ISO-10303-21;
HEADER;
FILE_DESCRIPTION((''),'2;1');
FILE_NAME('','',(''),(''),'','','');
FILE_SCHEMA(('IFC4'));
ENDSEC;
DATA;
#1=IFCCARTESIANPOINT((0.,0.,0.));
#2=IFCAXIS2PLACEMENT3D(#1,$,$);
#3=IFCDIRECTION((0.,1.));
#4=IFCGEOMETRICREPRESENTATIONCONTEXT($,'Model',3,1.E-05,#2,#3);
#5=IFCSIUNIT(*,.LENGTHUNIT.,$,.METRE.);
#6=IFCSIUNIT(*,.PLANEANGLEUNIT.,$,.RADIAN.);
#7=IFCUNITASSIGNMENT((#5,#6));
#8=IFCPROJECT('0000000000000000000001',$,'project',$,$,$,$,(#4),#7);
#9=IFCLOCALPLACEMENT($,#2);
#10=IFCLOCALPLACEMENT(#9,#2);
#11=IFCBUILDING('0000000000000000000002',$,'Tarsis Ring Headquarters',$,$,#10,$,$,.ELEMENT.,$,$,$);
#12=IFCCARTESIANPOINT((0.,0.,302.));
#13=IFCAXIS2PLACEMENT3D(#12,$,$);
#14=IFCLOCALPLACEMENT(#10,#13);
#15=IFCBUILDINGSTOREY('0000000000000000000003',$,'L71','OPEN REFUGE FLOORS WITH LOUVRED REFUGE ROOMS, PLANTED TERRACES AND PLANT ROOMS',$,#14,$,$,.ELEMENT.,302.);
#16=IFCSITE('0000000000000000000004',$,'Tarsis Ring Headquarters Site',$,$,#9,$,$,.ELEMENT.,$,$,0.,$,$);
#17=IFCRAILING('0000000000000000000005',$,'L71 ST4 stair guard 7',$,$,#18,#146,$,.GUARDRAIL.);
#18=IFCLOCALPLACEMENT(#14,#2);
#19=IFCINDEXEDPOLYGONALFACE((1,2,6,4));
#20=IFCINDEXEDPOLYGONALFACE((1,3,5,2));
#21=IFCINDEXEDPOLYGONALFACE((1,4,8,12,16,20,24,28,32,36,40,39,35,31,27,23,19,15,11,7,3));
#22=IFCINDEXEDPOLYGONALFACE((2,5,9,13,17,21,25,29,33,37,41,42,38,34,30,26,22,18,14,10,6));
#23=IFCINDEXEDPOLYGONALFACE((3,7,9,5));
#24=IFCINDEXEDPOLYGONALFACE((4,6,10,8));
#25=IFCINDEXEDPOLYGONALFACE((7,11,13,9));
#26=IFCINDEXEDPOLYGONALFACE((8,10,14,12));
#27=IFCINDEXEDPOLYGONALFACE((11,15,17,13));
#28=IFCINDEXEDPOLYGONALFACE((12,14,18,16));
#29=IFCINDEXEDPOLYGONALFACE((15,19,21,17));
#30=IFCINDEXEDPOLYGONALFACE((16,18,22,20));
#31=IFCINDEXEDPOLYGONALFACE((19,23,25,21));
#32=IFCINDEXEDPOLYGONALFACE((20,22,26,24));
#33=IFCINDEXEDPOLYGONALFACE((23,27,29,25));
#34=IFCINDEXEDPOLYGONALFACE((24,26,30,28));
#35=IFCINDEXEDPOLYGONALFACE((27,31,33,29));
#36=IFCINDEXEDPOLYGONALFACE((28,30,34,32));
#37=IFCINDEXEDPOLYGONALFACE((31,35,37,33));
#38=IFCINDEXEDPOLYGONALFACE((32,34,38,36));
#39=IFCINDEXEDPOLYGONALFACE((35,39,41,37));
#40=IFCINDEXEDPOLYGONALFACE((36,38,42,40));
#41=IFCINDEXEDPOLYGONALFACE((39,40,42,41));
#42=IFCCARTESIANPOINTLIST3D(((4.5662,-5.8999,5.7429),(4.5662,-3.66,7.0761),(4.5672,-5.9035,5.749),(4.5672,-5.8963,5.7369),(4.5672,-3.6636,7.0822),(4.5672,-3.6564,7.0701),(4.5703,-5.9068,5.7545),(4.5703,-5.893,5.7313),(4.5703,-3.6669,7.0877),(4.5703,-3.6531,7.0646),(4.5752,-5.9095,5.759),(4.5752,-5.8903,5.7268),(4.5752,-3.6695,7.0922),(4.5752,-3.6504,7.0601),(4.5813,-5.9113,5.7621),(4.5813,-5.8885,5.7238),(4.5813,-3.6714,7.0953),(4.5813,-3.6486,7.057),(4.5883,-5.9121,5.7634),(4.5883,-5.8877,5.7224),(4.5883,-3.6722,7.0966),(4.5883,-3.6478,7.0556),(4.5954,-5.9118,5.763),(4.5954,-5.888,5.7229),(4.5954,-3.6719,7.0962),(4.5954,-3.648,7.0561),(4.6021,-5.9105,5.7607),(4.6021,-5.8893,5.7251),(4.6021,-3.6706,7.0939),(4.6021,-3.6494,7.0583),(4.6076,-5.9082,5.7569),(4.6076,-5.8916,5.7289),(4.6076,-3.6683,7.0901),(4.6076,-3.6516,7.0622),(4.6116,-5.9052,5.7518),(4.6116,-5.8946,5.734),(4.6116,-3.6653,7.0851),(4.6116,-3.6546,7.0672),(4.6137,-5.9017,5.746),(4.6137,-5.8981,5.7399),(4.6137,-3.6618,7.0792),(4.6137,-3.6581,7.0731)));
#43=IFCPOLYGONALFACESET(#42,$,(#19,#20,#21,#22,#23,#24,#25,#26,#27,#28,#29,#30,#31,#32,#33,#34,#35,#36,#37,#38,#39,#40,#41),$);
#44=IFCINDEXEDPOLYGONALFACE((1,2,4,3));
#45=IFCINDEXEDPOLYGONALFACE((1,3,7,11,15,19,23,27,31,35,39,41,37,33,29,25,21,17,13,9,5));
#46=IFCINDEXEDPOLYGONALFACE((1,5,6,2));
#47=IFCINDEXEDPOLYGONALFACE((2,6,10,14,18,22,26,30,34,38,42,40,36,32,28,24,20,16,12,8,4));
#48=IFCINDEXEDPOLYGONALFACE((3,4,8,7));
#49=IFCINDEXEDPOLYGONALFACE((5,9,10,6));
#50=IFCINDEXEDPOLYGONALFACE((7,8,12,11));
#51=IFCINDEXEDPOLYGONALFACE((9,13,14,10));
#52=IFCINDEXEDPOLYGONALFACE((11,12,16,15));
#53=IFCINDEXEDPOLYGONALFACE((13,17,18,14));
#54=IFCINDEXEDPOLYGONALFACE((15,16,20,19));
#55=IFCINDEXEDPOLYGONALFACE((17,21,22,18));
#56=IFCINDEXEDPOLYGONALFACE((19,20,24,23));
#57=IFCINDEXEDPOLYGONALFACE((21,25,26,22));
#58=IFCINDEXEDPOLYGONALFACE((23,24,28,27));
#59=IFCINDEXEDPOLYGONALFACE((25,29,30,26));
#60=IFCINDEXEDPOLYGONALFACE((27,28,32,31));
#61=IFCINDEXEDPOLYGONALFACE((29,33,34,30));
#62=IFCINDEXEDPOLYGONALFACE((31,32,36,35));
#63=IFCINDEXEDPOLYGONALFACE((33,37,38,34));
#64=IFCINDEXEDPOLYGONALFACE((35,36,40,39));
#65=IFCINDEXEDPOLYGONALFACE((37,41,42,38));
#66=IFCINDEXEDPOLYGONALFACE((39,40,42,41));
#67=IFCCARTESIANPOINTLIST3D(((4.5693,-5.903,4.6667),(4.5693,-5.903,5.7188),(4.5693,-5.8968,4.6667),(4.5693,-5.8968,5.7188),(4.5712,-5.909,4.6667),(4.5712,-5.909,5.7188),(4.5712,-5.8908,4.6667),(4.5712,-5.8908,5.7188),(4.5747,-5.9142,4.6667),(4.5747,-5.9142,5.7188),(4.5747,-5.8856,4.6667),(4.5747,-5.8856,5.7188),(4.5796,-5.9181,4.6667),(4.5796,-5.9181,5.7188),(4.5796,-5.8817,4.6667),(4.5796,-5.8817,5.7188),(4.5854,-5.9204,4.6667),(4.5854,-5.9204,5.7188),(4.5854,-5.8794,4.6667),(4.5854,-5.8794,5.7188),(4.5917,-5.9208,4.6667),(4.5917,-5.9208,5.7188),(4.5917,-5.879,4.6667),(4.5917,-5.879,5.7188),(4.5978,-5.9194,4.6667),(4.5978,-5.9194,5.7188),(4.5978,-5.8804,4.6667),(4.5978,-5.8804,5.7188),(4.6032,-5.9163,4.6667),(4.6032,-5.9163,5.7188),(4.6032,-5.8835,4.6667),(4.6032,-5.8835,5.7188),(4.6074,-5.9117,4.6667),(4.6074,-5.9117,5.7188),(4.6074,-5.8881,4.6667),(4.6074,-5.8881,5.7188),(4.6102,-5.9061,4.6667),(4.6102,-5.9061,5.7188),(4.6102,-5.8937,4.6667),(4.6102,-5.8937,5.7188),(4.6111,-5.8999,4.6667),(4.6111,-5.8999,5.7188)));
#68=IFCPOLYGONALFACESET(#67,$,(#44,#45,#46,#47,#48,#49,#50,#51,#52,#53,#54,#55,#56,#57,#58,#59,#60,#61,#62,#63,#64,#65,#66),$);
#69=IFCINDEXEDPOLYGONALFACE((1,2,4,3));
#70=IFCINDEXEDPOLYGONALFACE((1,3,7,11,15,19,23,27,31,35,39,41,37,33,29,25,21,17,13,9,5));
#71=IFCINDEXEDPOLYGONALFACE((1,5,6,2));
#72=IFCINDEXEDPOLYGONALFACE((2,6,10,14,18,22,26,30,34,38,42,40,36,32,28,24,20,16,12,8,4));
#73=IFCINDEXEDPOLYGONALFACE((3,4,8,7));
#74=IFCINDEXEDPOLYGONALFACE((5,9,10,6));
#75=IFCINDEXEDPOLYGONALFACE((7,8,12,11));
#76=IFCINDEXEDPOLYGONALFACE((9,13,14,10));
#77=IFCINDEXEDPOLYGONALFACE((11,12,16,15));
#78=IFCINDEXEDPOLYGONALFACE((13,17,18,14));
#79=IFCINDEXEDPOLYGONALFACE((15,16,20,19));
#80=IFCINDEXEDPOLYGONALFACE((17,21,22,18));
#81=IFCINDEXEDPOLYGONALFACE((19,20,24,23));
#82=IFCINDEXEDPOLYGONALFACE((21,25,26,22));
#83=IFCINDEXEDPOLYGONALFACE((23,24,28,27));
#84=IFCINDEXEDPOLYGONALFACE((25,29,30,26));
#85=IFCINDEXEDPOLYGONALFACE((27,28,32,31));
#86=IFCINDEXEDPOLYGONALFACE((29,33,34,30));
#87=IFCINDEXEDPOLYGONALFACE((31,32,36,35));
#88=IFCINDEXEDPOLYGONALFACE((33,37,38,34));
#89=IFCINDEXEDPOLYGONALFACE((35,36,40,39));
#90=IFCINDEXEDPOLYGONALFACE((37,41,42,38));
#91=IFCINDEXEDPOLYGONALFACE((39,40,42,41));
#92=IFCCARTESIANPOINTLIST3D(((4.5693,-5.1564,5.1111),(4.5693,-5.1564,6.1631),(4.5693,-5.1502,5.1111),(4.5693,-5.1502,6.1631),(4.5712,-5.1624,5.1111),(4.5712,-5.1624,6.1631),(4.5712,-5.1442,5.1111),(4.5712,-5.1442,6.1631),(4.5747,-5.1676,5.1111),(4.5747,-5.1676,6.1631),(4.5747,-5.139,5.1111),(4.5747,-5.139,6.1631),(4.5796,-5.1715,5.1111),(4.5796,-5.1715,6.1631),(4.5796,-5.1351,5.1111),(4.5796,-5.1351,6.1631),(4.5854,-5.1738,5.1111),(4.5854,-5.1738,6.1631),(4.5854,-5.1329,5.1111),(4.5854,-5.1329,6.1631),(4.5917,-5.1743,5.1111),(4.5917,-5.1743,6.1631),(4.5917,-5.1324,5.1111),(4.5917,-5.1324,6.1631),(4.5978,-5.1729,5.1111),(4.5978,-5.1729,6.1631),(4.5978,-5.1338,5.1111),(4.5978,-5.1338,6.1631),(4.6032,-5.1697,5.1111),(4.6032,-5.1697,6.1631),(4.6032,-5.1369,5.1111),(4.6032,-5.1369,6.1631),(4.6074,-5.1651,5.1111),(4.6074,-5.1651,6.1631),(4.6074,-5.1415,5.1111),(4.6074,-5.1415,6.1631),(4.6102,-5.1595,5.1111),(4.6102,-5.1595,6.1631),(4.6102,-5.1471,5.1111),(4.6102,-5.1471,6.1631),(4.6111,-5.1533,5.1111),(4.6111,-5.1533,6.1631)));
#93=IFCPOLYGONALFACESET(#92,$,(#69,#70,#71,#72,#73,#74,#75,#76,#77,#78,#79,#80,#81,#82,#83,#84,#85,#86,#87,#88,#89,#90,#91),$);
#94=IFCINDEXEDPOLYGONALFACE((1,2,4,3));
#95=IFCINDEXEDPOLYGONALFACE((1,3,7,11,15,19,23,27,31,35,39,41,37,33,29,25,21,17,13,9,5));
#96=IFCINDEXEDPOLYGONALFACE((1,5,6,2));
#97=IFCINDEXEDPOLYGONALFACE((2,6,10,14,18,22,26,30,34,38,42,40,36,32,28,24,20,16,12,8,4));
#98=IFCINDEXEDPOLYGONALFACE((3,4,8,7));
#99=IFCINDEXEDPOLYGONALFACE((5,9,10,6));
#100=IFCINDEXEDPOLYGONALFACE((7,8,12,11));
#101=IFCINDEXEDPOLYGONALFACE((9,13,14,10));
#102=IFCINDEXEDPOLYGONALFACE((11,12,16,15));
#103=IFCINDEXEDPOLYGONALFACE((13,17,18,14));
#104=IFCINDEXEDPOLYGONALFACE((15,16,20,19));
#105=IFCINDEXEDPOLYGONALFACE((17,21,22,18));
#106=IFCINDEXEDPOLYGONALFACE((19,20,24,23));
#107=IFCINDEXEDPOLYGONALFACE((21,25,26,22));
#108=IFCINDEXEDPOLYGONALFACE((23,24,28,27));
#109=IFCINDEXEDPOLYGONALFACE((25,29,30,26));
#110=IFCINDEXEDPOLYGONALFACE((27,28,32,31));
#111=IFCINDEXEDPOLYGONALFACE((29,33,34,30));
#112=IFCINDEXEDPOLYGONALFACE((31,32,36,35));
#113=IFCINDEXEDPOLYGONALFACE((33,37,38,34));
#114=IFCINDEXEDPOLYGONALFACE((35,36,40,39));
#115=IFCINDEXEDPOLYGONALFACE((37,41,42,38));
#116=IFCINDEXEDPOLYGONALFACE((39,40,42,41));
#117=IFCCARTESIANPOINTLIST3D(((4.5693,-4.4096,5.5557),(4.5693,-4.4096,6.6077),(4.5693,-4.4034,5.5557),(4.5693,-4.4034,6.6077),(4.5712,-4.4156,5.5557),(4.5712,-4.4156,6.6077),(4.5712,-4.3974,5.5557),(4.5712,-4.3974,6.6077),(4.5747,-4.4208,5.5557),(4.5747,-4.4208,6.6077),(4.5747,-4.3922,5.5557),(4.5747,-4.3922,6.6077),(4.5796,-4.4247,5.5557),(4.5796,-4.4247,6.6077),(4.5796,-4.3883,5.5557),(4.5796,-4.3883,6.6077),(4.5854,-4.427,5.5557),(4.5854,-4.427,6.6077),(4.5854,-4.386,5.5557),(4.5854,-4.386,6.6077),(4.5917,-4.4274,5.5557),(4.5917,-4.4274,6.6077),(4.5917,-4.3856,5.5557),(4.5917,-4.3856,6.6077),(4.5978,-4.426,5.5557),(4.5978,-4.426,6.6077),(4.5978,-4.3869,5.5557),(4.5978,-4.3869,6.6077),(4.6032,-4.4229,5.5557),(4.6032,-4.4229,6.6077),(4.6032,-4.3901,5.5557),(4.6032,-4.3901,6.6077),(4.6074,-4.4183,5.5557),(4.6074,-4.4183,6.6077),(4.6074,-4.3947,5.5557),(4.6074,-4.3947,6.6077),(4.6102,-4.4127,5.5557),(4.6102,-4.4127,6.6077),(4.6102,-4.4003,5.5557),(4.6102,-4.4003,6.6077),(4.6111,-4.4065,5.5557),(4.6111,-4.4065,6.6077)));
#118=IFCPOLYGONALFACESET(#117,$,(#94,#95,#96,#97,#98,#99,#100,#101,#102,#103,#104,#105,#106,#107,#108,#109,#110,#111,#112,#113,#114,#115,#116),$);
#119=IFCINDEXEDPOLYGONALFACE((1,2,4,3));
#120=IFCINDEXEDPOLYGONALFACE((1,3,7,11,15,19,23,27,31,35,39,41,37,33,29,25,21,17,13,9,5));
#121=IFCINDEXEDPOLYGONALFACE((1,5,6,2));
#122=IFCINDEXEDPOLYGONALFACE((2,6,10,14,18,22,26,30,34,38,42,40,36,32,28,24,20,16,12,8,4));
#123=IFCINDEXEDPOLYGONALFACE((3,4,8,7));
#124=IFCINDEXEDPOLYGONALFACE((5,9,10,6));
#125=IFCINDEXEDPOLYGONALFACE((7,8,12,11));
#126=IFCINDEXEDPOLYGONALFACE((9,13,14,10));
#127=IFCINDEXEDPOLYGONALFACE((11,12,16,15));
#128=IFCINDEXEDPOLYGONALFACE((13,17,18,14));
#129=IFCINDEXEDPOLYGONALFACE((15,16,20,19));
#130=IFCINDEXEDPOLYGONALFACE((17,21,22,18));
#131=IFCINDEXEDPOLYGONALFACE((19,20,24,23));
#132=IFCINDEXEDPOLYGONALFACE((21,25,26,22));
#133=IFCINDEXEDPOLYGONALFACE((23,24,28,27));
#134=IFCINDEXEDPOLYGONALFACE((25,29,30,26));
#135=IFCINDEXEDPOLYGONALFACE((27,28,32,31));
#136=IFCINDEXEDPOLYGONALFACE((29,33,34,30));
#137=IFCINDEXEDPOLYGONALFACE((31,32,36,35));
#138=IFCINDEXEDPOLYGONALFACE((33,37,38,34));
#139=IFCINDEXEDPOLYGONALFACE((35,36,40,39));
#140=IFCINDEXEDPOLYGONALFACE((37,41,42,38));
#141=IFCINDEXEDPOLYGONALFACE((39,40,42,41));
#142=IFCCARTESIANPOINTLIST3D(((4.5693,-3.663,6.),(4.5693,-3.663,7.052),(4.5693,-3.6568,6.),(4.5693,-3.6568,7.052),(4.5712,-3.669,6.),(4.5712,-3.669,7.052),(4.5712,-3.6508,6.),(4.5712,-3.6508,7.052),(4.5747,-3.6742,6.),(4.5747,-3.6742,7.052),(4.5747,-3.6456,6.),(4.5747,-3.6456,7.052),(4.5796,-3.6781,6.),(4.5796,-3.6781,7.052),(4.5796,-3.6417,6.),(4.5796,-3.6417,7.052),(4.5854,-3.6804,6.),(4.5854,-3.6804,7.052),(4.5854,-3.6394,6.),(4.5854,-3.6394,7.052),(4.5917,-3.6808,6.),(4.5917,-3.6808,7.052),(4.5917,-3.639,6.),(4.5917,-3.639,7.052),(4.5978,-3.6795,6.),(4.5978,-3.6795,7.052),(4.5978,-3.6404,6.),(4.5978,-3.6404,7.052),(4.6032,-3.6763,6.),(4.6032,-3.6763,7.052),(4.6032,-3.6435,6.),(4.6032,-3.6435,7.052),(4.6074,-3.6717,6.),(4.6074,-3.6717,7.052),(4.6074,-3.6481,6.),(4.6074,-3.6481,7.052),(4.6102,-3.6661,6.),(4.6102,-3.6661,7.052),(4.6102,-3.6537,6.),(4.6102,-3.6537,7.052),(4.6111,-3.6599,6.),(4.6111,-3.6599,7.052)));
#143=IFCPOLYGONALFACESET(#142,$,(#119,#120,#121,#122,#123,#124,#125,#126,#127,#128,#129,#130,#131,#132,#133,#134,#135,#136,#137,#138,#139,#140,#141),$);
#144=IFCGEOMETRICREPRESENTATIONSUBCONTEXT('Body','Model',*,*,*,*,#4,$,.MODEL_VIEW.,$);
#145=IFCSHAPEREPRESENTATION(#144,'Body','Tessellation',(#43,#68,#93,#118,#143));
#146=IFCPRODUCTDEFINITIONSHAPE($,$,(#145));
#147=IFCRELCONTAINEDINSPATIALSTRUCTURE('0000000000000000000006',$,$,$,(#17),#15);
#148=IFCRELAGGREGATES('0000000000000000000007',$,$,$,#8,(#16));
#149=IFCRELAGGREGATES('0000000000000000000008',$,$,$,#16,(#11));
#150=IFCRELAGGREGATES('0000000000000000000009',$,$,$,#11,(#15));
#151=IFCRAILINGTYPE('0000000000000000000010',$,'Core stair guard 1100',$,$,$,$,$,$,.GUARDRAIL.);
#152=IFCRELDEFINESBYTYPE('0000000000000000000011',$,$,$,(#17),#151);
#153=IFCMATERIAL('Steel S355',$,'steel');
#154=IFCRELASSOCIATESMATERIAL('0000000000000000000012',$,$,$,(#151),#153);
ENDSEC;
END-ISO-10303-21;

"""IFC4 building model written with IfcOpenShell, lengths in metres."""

from ifc_helpers import new_model, si_unit, direction, frame, origin, origin_2d, place, context, subcontext, project, spatial, circle, extrude, material, type_object, element, save


model = new_model("IFC4")

# Units and contexts
model_context = context("Model", 3, precision=1e-05, world=origin(), true_north=direction((0.0, 1.0)))
body_context = subcontext(model_context, "Body", "Model", "MODEL_VIEW")
ifc_project = project(units=[si_unit("LENGTHUNIT", "METRE"), si_unit("PLANEANGLEUNIT", "RADIAN")], contexts=[model_context])

# Site, building, storey
site_placement = place(None, origin())
site = spatial("IfcSite", under=ifc_project, at=site_placement, Name="Tarsis Ring Headquarters Site", CompositionType="ELEMENT", RefElevation=0.0)
building_placement = place(site_placement, origin())
building = spatial("IfcBuilding", under=site, at=building_placement, Name="Tarsis Ring Headquarters", CompositionType="ELEMENT")
storey_placement = place(building_placement, frame((0.0, 0.0, 302.0)))
storey = spatial("IfcBuildingStorey", under=building, at=storey_placement, Name="L71", Description="OPEN REFUGE FLOORS WITH LOUVRED REFUGE ROOMS, PLANTED TERRACES AND PLANT ROOMS", CompositionType="ELEMENT", Elevation=302.0)

# Railing
ifc_material_1 = material(Name="Steel S355", Category="steel")
railing_type_1 = type_object("IfcRailingType", Name="Core stair guard 1100", PredefinedType="GUARDRAIL", material=ifc_material_1)
railing_1_placement = place(storey_placement, frame((4.5901, -5.8999, 4.6667)))
element("IfcRailing", 1, at=railing_1_placement, inside=storey, type_object=railing_type_1, Name="L71 ST4 stair guard 7", PredefinedType="GUARDRAIL", context=body_context, shape_type="SweptSolid", body=[
    extrude(circle(Radius=0.0239, at=origin_2d()), frame((0.0, 0.0, 1.0762), z_axis=(0.0, 0.859306, 0.511462), x_axis=(-1.0, 0.0, 0.0)), (0.0, 0.0, 1.0), 2.6067),
    extrude(circle(Radius=0.021, at=origin_2d()), origin(), (0.0, 0.0, 1.0), 1.052),
    extrude(circle(Radius=0.021, at=origin_2d()), frame((0.0, 0.7466, 0.4443)), (0.0, 0.0, 1.0), 1.052),
    extrude(circle(Radius=0.021, at=origin_2d()), frame((0.0, 1.4934, 0.8889)), (0.0, 0.0, 1.0), 1.052),
    extrude(circle(Radius=0.021, at=origin_2d()), frame((0.0, 2.24, 1.3333)), (0.0, 0.0, 1.0), 1.052),
])

save(model, "model.ifc")
